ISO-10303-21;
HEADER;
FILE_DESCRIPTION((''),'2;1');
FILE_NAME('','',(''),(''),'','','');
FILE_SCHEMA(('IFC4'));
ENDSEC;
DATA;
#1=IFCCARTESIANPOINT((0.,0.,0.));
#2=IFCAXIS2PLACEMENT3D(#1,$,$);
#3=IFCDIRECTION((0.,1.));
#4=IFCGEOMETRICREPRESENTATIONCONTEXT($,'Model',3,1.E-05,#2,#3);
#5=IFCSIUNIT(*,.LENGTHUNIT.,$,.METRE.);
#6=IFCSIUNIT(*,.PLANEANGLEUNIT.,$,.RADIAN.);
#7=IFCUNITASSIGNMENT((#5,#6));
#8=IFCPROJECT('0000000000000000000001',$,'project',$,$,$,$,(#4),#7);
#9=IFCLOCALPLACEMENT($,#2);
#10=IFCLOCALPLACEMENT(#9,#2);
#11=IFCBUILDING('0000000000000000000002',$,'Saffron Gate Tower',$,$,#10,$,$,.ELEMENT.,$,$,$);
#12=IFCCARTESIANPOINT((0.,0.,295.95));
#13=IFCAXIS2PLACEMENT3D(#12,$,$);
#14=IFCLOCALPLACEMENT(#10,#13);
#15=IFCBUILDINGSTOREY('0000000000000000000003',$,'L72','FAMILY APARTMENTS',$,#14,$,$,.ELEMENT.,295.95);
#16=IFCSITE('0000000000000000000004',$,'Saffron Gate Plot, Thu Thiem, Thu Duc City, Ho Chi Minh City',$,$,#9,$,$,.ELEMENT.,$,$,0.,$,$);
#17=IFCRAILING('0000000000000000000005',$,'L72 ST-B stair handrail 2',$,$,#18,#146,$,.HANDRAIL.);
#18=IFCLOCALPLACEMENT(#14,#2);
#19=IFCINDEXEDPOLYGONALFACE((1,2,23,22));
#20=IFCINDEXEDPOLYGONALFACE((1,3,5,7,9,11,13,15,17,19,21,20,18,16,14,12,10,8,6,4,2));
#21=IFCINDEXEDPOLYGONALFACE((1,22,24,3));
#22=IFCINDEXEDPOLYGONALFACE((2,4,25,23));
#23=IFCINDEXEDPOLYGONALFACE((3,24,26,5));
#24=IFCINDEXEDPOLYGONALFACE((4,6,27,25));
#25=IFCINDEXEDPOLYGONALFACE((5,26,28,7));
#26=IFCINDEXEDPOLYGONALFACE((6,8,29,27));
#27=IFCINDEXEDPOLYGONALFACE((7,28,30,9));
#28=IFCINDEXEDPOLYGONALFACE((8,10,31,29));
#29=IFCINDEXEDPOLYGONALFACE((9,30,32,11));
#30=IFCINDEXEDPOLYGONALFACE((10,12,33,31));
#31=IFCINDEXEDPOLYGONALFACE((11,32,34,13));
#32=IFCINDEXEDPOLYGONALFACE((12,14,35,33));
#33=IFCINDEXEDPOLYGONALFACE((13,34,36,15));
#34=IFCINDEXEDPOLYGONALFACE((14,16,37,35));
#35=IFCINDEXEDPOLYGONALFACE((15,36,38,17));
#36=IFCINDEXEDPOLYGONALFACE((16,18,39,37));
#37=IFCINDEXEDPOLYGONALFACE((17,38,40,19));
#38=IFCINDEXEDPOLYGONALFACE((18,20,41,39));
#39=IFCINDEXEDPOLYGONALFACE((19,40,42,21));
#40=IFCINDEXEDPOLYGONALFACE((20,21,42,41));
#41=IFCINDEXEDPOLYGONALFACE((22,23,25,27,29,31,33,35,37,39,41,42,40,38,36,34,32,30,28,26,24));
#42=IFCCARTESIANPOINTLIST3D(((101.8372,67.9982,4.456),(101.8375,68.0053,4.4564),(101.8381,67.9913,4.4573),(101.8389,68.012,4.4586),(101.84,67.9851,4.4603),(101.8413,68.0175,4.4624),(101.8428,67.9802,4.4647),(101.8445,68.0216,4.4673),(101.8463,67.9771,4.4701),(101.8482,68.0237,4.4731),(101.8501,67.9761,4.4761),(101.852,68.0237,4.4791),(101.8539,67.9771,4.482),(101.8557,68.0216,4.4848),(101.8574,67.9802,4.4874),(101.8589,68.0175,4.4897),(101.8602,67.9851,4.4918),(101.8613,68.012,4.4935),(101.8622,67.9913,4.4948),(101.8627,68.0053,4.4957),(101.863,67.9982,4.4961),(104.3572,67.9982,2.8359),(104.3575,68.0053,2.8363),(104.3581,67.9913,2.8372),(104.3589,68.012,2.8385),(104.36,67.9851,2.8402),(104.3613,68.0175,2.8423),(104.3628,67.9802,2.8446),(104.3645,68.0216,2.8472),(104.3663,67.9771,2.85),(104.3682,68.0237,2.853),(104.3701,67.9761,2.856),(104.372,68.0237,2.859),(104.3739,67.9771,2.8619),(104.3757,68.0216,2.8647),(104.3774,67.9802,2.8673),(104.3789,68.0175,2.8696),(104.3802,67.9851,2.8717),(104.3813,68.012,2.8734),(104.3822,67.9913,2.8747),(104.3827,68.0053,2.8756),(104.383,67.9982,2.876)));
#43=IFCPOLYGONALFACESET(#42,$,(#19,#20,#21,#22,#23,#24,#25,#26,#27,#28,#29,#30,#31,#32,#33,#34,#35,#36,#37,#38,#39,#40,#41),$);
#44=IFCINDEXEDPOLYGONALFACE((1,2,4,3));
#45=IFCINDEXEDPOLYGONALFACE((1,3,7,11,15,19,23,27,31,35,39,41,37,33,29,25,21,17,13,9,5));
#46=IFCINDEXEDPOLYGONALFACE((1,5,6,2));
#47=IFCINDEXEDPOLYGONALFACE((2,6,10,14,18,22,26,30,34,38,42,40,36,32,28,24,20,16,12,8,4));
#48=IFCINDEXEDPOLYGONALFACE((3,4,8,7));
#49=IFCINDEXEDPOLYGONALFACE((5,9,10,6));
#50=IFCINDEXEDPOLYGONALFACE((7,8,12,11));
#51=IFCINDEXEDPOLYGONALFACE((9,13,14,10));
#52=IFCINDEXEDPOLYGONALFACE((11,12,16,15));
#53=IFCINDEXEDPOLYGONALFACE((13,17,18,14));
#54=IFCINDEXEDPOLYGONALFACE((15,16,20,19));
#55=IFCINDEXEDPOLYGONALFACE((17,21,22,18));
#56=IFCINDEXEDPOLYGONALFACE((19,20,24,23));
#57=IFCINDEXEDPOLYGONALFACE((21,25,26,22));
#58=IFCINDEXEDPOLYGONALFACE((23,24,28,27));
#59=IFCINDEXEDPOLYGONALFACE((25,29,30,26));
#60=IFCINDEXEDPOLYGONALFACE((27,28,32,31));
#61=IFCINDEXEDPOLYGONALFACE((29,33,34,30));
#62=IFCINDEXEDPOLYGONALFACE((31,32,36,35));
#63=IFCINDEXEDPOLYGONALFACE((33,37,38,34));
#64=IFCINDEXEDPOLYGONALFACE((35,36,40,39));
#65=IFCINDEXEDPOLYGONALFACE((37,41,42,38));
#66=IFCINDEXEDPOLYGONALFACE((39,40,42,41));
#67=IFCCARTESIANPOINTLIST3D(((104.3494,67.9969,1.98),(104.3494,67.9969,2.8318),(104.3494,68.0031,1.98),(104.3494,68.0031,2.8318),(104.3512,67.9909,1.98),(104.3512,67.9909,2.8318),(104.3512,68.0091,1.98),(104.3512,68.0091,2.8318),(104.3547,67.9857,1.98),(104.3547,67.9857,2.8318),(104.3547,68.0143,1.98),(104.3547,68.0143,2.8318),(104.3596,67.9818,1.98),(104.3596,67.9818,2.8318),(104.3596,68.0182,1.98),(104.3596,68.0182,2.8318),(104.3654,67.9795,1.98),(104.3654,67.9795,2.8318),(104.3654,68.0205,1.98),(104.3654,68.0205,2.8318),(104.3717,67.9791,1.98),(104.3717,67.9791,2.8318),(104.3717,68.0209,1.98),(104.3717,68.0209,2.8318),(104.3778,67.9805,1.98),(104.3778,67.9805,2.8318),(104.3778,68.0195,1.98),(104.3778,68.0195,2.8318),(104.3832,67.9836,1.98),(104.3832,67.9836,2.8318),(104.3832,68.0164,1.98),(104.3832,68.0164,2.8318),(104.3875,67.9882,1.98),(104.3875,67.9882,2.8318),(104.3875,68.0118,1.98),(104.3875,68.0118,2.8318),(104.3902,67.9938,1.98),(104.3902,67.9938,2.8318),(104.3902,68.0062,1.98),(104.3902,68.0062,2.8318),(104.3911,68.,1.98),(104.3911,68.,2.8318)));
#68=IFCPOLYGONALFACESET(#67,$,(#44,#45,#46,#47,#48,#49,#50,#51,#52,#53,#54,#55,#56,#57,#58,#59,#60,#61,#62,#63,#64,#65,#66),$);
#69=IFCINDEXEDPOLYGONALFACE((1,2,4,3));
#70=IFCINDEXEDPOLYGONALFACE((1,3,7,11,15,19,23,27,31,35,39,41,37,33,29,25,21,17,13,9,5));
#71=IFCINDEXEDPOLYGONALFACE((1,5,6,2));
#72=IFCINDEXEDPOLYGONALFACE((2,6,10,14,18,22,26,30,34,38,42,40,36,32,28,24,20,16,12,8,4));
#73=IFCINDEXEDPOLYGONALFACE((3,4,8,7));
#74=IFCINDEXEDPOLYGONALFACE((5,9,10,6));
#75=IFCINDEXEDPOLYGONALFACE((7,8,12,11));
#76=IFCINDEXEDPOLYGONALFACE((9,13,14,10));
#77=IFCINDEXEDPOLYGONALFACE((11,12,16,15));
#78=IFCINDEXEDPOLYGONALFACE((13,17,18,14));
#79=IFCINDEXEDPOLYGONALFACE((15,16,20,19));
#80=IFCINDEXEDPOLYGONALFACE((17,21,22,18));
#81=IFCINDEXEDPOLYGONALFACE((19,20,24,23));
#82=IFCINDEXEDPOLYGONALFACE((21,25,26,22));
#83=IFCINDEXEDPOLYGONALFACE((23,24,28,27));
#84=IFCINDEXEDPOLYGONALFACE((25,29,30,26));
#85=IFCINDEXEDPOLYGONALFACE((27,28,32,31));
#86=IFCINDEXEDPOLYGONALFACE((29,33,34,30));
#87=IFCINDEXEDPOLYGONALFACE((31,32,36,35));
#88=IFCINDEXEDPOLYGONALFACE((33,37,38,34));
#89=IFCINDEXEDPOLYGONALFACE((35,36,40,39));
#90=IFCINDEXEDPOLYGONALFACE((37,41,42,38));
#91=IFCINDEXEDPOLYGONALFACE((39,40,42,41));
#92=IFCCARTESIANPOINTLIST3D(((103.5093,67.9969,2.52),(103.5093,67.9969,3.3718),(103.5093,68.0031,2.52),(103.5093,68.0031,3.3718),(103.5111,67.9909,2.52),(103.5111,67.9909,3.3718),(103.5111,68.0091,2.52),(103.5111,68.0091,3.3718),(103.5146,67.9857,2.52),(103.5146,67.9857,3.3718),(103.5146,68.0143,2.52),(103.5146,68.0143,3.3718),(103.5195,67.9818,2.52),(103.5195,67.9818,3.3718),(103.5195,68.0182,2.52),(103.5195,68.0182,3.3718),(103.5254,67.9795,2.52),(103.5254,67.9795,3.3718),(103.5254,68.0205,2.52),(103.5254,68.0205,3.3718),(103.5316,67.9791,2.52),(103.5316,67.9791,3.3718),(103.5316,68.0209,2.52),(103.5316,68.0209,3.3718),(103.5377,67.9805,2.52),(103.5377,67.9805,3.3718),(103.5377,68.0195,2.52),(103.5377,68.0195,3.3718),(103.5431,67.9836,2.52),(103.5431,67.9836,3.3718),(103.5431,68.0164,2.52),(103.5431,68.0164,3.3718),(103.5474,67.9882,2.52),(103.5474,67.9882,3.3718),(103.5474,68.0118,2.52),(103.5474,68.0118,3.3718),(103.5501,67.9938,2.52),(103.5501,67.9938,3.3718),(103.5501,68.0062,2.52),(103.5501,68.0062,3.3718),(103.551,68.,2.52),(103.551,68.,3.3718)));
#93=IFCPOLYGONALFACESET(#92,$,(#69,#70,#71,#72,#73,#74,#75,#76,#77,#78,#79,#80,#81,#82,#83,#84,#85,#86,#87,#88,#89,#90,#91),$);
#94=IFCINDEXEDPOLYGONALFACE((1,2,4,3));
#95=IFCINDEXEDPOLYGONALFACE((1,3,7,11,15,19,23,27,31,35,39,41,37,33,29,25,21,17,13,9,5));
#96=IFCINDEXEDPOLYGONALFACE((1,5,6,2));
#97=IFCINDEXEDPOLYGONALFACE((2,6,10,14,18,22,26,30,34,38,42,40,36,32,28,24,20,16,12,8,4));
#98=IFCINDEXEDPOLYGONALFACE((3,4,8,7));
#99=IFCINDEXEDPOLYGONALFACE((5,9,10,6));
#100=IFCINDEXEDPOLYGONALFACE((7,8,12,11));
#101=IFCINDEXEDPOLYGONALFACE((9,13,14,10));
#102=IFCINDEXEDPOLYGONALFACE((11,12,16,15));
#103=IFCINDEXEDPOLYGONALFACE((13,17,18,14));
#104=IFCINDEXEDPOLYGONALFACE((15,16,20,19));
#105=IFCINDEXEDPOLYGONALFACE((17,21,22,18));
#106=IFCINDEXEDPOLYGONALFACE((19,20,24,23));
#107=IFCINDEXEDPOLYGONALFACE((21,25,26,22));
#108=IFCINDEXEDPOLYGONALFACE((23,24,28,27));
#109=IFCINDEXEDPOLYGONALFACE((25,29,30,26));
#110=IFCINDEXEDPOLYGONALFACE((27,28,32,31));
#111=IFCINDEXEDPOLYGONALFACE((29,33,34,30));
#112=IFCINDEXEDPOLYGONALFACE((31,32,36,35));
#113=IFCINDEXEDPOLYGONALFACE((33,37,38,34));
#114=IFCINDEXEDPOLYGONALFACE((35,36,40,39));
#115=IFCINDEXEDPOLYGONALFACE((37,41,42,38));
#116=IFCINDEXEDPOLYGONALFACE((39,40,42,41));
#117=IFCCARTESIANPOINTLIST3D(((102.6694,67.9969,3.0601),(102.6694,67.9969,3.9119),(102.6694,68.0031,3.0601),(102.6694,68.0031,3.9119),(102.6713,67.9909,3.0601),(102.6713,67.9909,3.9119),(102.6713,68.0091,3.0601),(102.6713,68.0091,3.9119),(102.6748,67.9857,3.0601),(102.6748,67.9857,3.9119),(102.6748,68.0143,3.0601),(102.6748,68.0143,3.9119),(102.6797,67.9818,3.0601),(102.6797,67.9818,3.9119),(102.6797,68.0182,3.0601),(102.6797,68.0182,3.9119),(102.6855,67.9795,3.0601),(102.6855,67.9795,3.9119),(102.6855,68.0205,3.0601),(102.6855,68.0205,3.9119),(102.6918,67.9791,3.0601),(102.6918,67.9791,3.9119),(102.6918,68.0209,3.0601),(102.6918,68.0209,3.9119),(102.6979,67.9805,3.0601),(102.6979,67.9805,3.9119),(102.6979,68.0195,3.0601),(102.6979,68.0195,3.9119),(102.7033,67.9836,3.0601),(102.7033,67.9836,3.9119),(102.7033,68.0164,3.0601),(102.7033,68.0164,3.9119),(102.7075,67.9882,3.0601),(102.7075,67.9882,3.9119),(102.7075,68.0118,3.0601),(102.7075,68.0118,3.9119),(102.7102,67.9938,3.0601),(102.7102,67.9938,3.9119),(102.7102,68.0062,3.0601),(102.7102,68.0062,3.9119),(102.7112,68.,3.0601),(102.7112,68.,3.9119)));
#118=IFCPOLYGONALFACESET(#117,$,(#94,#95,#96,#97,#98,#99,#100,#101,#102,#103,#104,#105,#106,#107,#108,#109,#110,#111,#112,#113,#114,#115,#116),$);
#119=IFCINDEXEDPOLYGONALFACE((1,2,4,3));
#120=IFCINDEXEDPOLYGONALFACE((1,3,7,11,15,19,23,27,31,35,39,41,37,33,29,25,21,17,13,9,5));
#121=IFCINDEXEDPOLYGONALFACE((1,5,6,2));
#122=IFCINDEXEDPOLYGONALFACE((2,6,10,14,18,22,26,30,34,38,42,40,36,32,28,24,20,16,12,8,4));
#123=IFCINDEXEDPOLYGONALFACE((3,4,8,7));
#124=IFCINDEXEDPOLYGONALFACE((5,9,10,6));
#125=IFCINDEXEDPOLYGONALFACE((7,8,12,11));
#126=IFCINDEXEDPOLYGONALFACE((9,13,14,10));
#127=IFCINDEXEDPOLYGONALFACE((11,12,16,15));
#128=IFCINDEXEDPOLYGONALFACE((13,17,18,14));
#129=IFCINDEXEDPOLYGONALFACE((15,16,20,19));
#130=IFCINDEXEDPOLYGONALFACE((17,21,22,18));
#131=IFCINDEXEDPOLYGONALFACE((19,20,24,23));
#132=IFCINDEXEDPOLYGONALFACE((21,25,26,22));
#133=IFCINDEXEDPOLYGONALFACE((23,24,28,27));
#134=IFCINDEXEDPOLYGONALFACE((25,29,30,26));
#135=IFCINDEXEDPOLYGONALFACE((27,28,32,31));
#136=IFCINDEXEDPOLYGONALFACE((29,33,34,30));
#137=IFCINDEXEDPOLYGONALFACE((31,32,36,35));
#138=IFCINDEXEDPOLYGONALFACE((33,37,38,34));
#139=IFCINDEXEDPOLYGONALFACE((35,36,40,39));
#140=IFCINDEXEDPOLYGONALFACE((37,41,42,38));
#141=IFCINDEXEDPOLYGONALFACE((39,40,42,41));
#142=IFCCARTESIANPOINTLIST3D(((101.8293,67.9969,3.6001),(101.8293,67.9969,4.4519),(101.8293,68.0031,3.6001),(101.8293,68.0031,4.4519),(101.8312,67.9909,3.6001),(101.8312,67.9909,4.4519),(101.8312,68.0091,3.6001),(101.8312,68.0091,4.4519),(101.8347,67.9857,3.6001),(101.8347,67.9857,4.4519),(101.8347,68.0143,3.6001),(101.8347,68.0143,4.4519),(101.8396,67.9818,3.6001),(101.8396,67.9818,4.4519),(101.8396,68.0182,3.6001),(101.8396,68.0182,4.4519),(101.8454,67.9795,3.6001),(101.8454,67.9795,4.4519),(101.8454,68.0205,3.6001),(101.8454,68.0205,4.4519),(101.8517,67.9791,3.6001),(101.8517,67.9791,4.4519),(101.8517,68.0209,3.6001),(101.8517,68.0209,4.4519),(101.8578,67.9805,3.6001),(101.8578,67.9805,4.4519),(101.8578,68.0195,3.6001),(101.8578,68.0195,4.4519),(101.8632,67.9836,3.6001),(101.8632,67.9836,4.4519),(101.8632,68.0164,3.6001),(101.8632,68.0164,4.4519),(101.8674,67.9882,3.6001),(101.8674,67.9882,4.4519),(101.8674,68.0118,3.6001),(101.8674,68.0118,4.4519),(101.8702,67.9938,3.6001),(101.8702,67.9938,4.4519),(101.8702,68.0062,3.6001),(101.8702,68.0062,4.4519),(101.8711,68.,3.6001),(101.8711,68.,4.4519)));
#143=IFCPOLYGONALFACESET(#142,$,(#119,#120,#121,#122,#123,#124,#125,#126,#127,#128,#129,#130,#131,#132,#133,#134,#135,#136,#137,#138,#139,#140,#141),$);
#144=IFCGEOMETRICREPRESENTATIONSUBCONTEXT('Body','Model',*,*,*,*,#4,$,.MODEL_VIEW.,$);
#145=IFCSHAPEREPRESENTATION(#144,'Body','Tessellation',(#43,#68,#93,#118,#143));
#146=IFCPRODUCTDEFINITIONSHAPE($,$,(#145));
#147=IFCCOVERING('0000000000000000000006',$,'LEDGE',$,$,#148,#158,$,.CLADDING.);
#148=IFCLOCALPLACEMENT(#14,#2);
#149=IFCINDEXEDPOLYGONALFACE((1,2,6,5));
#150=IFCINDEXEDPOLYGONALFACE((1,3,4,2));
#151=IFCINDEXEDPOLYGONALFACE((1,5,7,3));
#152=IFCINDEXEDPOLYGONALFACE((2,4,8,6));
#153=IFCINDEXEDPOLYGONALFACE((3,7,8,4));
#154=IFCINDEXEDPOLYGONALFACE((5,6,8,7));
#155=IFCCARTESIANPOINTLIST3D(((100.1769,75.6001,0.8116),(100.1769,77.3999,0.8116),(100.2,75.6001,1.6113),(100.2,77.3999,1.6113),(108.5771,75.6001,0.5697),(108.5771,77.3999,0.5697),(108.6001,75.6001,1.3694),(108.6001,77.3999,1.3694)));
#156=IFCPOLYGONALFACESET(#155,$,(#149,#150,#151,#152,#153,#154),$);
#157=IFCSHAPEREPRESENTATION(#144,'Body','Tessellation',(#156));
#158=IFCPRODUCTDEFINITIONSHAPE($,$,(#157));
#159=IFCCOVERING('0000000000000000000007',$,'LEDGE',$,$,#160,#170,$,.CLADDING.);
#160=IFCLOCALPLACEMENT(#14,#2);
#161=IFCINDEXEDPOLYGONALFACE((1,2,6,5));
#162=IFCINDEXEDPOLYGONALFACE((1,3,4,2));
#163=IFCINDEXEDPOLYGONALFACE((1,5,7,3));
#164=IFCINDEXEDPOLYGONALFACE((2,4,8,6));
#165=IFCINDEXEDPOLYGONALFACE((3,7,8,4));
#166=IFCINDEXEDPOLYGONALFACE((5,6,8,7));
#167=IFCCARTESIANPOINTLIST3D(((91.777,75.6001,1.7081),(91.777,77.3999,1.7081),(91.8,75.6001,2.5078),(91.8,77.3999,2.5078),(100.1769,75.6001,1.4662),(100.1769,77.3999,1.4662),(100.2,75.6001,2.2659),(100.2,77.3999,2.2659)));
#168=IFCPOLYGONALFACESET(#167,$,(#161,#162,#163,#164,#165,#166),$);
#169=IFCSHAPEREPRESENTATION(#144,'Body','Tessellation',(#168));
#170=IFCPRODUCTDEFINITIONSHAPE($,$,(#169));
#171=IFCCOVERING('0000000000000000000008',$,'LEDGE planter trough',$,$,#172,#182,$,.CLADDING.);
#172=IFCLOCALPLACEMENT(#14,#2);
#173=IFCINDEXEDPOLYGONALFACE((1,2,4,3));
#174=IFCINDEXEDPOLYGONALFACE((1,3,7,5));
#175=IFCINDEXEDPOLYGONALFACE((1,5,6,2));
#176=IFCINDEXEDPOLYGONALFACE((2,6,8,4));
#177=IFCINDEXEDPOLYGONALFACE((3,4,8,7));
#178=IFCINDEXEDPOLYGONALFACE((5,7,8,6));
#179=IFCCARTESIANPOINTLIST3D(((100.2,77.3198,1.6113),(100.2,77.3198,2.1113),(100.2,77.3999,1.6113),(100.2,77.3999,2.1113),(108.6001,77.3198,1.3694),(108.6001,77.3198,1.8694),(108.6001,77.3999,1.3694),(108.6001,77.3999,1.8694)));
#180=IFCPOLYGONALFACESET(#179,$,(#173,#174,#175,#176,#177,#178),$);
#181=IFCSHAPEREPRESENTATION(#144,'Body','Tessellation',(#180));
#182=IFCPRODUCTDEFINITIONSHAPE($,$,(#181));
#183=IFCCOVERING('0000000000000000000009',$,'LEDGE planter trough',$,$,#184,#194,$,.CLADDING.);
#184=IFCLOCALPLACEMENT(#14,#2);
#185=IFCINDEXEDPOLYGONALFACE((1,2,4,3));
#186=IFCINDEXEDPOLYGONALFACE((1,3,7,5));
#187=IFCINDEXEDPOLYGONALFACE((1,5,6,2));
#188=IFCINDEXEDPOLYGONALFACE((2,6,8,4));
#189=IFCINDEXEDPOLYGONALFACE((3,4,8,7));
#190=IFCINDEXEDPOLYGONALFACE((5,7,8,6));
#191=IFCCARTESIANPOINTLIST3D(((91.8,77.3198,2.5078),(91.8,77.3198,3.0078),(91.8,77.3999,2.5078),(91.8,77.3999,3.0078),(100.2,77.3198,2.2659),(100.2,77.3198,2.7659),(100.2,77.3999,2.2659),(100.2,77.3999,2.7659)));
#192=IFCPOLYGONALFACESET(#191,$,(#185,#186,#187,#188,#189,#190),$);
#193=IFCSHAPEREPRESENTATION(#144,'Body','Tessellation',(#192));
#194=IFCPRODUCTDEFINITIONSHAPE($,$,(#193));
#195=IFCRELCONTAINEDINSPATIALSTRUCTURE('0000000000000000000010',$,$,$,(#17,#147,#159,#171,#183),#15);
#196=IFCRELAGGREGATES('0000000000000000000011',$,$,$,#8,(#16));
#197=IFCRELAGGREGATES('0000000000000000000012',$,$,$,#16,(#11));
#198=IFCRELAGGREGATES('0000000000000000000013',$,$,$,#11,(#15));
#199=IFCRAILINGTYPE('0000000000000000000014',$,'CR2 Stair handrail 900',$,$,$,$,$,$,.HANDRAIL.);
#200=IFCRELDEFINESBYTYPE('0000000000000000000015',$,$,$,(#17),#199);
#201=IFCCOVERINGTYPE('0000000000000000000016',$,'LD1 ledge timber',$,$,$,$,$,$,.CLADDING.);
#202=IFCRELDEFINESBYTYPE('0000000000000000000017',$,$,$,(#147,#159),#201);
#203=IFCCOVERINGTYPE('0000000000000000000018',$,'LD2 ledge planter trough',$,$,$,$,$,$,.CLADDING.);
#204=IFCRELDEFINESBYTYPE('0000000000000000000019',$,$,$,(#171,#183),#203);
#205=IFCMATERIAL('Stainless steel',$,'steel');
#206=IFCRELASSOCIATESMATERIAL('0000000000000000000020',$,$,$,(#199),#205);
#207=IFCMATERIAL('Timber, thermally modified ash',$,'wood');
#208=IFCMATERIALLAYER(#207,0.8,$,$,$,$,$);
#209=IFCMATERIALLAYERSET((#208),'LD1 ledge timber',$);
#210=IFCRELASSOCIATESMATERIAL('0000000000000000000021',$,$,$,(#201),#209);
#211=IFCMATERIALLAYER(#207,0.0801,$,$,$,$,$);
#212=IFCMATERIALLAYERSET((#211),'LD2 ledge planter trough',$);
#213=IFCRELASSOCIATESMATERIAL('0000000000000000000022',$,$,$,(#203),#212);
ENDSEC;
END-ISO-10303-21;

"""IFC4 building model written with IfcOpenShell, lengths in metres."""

from ifc_helpers import new_model, si_unit, direction, frame, origin, origin_2d, place, context, subcontext, project, spatial, polyline, circle, outline, extrude, material, layer, layer_set, type_object, element, save


model = new_model("IFC4")

# Units and contexts
model_context = context("Model", 3, precision=1e-05, world=origin(), true_north=direction((0.0, 1.0)))
body_context = subcontext(model_context, "Body", "Model", "MODEL_VIEW")
ifc_project = project(units=[si_unit("LENGTHUNIT", "METRE"), si_unit("PLANEANGLEUNIT", "RADIAN")], contexts=[model_context])

# Site, building, storey
site_placement = place(None, origin())
site = spatial("IfcSite", under=ifc_project, at=site_placement, Name="Saffron Gate Plot, Thu Thiem, Thu Duc City, Ho Chi Minh City", CompositionType="ELEMENT", RefElevation=0.0)
building_placement = place(site_placement, origin())
building = spatial("IfcBuilding", under=site, at=building_placement, Name="Saffron Gate Tower", CompositionType="ELEMENT")
storey_placement = place(building_placement, frame((0.0, 0.0, 295.95)))
storey = spatial("IfcBuildingStorey", under=building, at=storey_placement, Name="L72", Description="FAMILY APARTMENTS", CompositionType="ELEMENT", Elevation=295.95)

# Railing
ifc_material_1 = material(Name="Stainless steel", Category="steel")
railing_type_1 = type_object("IfcRailingType", Name="CR2 Stair handrail 900", PredefinedType="HANDRAIL", material=ifc_material_1)
railing_1_placement = place(storey_placement, frame((104.3701, 68.0, 1.98)))
element("IfcRailing", 1, at=railing_1_placement, inside=storey, type_object=railing_type_1, Name="L72 ST-B stair handrail 2", PredefinedType="HANDRAIL", context=body_context, shape_type="SweptSolid", body=[
    extrude(circle(Radius=0.0239, at=origin_2d()), frame((0.0, 0.0, 0.876), z_axis=(-0.841163, 0.0, 0.540782), x_axis=(0.0, -1.0, 0.0)), (0.0, 0.0, 1.0), 2.9958),
    extrude(circle(Radius=0.021, at=origin_2d()), origin(), (0.0, 0.0, 1.0), 0.8518),
    extrude(circle(Radius=0.021, at=origin_2d()), frame((-0.8401, 0.0, 0.54)), (0.0, 0.0, 1.0), 0.8518),
    extrude(circle(Radius=0.021, at=origin_2d()), frame((-1.6799, 0.0, 1.0801)), (0.0, 0.0, 1.0), 0.8518),
    extrude(circle(Radius=0.021, at=origin_2d()), frame((-2.52, 0.0, 1.6201)), (0.0, 0.0, 1.0), 0.8518),
])

# Coverings
ifc_material_2 = material(Name="Timber, thermally modified ash", Category="wood")
ifc_layer_1 = layer(ifc_material_2, 0.8)
ifc_layer_set_1 = layer_set([ifc_layer_1], Name="LD1 ledge timber")
covering_type_1 = type_object("IfcCoveringType", Name="LD1 ledge timber", PredefinedType="CLADDING", material=ifc_layer_set_1)
covering_1_placement = place(storey_placement, frame((108.6001, 75.6001, 1.3694), z_axis=(0.02879, 0.0, 0.999585), x_axis=(-0.999585, 0.0, 0.02879)))
element("IfcCovering", 2, at=covering_1_placement, inside=storey, type_object=covering_type_1, Name="LEDGE", PredefinedType="CLADDING", context=body_context, shape_type="SweptSolid", body=[
    extrude(outline(polyline([(0.0, 0.0), (8.4036, 0.0), (8.4036, -1.7998), (0.0, -1.7998), (0.0, 0.0)])), origin(), (0.0, 0.0, -1.0), 0.8),
])
covering_2_placement = place(storey_placement, frame((100.2, 75.6001, 2.2659), z_axis=(0.028791, 0.0, 0.999585), x_axis=(-0.999585, 0.0, 0.028791)))
element("IfcCovering", 3, at=covering_2_placement, inside=storey, type_object=covering_type_1, Name="LEDGE", PredefinedType="CLADDING", context=body_context, shape_type="SweptSolid", body=[
    extrude(outline(polyline([(0.0, 0.0), (8.4034, 0.0), (8.4034, -1.7998), (0.0, -1.7998), (0.0, 0.0)])), origin(), (0.0, 0.0, -1.0), 0.8),
])
ifc_layer_2 = layer(ifc_material_2, 0.0801)
ifc_layer_set_2 = layer_set([ifc_layer_2], Name="LD2 ledge planter trough")
covering_type_2 = type_object("IfcCoveringType", Name="LD2 ledge planter trough", PredefinedType="CLADDING", material=ifc_layer_set_2)
covering_3_placement = place(storey_placement, frame((108.6001, 77.3999, 1.3694), z_axis=(0.0, 1.0, 0.0), x_axis=(-0.999585, 0.0, 0.02879)))
element("IfcCovering", 4, at=covering_3_placement, inside=storey, type_object=covering_type_2, Name="LEDGE planter trough", PredefinedType="CLADDING", context=body_context, shape_type="SweptSolid", body=[
    extrude(outline(polyline([(0.0, 0.0), (8.4036, 0.0), (8.418, 0.4998), (0.0144, 0.4998), (0.0, 0.0)])), origin(), (0.0, 0.0, -1.0), 0.0801),
])
covering_4_placement = place(storey_placement, frame((100.2, 77.3999, 2.2659), z_axis=(0.0, 1.0, 0.0), x_axis=(-0.999585, 0.0, 0.028791)))
element("IfcCovering", 5, at=covering_4_placement, inside=storey, type_object=covering_type_2, Name="LEDGE planter trough", PredefinedType="CLADDING", context=body_context, shape_type="SweptSolid", body=[
    extrude(outline(polyline([(0.0, 0.0), (8.4034, 0.0), (8.4178, 0.4998), (0.0144, 0.4998), (0.0, 0.0)])), origin(), (0.0, 0.0, -1.0), 0.0801),
])

save(model, "model.ifc")
